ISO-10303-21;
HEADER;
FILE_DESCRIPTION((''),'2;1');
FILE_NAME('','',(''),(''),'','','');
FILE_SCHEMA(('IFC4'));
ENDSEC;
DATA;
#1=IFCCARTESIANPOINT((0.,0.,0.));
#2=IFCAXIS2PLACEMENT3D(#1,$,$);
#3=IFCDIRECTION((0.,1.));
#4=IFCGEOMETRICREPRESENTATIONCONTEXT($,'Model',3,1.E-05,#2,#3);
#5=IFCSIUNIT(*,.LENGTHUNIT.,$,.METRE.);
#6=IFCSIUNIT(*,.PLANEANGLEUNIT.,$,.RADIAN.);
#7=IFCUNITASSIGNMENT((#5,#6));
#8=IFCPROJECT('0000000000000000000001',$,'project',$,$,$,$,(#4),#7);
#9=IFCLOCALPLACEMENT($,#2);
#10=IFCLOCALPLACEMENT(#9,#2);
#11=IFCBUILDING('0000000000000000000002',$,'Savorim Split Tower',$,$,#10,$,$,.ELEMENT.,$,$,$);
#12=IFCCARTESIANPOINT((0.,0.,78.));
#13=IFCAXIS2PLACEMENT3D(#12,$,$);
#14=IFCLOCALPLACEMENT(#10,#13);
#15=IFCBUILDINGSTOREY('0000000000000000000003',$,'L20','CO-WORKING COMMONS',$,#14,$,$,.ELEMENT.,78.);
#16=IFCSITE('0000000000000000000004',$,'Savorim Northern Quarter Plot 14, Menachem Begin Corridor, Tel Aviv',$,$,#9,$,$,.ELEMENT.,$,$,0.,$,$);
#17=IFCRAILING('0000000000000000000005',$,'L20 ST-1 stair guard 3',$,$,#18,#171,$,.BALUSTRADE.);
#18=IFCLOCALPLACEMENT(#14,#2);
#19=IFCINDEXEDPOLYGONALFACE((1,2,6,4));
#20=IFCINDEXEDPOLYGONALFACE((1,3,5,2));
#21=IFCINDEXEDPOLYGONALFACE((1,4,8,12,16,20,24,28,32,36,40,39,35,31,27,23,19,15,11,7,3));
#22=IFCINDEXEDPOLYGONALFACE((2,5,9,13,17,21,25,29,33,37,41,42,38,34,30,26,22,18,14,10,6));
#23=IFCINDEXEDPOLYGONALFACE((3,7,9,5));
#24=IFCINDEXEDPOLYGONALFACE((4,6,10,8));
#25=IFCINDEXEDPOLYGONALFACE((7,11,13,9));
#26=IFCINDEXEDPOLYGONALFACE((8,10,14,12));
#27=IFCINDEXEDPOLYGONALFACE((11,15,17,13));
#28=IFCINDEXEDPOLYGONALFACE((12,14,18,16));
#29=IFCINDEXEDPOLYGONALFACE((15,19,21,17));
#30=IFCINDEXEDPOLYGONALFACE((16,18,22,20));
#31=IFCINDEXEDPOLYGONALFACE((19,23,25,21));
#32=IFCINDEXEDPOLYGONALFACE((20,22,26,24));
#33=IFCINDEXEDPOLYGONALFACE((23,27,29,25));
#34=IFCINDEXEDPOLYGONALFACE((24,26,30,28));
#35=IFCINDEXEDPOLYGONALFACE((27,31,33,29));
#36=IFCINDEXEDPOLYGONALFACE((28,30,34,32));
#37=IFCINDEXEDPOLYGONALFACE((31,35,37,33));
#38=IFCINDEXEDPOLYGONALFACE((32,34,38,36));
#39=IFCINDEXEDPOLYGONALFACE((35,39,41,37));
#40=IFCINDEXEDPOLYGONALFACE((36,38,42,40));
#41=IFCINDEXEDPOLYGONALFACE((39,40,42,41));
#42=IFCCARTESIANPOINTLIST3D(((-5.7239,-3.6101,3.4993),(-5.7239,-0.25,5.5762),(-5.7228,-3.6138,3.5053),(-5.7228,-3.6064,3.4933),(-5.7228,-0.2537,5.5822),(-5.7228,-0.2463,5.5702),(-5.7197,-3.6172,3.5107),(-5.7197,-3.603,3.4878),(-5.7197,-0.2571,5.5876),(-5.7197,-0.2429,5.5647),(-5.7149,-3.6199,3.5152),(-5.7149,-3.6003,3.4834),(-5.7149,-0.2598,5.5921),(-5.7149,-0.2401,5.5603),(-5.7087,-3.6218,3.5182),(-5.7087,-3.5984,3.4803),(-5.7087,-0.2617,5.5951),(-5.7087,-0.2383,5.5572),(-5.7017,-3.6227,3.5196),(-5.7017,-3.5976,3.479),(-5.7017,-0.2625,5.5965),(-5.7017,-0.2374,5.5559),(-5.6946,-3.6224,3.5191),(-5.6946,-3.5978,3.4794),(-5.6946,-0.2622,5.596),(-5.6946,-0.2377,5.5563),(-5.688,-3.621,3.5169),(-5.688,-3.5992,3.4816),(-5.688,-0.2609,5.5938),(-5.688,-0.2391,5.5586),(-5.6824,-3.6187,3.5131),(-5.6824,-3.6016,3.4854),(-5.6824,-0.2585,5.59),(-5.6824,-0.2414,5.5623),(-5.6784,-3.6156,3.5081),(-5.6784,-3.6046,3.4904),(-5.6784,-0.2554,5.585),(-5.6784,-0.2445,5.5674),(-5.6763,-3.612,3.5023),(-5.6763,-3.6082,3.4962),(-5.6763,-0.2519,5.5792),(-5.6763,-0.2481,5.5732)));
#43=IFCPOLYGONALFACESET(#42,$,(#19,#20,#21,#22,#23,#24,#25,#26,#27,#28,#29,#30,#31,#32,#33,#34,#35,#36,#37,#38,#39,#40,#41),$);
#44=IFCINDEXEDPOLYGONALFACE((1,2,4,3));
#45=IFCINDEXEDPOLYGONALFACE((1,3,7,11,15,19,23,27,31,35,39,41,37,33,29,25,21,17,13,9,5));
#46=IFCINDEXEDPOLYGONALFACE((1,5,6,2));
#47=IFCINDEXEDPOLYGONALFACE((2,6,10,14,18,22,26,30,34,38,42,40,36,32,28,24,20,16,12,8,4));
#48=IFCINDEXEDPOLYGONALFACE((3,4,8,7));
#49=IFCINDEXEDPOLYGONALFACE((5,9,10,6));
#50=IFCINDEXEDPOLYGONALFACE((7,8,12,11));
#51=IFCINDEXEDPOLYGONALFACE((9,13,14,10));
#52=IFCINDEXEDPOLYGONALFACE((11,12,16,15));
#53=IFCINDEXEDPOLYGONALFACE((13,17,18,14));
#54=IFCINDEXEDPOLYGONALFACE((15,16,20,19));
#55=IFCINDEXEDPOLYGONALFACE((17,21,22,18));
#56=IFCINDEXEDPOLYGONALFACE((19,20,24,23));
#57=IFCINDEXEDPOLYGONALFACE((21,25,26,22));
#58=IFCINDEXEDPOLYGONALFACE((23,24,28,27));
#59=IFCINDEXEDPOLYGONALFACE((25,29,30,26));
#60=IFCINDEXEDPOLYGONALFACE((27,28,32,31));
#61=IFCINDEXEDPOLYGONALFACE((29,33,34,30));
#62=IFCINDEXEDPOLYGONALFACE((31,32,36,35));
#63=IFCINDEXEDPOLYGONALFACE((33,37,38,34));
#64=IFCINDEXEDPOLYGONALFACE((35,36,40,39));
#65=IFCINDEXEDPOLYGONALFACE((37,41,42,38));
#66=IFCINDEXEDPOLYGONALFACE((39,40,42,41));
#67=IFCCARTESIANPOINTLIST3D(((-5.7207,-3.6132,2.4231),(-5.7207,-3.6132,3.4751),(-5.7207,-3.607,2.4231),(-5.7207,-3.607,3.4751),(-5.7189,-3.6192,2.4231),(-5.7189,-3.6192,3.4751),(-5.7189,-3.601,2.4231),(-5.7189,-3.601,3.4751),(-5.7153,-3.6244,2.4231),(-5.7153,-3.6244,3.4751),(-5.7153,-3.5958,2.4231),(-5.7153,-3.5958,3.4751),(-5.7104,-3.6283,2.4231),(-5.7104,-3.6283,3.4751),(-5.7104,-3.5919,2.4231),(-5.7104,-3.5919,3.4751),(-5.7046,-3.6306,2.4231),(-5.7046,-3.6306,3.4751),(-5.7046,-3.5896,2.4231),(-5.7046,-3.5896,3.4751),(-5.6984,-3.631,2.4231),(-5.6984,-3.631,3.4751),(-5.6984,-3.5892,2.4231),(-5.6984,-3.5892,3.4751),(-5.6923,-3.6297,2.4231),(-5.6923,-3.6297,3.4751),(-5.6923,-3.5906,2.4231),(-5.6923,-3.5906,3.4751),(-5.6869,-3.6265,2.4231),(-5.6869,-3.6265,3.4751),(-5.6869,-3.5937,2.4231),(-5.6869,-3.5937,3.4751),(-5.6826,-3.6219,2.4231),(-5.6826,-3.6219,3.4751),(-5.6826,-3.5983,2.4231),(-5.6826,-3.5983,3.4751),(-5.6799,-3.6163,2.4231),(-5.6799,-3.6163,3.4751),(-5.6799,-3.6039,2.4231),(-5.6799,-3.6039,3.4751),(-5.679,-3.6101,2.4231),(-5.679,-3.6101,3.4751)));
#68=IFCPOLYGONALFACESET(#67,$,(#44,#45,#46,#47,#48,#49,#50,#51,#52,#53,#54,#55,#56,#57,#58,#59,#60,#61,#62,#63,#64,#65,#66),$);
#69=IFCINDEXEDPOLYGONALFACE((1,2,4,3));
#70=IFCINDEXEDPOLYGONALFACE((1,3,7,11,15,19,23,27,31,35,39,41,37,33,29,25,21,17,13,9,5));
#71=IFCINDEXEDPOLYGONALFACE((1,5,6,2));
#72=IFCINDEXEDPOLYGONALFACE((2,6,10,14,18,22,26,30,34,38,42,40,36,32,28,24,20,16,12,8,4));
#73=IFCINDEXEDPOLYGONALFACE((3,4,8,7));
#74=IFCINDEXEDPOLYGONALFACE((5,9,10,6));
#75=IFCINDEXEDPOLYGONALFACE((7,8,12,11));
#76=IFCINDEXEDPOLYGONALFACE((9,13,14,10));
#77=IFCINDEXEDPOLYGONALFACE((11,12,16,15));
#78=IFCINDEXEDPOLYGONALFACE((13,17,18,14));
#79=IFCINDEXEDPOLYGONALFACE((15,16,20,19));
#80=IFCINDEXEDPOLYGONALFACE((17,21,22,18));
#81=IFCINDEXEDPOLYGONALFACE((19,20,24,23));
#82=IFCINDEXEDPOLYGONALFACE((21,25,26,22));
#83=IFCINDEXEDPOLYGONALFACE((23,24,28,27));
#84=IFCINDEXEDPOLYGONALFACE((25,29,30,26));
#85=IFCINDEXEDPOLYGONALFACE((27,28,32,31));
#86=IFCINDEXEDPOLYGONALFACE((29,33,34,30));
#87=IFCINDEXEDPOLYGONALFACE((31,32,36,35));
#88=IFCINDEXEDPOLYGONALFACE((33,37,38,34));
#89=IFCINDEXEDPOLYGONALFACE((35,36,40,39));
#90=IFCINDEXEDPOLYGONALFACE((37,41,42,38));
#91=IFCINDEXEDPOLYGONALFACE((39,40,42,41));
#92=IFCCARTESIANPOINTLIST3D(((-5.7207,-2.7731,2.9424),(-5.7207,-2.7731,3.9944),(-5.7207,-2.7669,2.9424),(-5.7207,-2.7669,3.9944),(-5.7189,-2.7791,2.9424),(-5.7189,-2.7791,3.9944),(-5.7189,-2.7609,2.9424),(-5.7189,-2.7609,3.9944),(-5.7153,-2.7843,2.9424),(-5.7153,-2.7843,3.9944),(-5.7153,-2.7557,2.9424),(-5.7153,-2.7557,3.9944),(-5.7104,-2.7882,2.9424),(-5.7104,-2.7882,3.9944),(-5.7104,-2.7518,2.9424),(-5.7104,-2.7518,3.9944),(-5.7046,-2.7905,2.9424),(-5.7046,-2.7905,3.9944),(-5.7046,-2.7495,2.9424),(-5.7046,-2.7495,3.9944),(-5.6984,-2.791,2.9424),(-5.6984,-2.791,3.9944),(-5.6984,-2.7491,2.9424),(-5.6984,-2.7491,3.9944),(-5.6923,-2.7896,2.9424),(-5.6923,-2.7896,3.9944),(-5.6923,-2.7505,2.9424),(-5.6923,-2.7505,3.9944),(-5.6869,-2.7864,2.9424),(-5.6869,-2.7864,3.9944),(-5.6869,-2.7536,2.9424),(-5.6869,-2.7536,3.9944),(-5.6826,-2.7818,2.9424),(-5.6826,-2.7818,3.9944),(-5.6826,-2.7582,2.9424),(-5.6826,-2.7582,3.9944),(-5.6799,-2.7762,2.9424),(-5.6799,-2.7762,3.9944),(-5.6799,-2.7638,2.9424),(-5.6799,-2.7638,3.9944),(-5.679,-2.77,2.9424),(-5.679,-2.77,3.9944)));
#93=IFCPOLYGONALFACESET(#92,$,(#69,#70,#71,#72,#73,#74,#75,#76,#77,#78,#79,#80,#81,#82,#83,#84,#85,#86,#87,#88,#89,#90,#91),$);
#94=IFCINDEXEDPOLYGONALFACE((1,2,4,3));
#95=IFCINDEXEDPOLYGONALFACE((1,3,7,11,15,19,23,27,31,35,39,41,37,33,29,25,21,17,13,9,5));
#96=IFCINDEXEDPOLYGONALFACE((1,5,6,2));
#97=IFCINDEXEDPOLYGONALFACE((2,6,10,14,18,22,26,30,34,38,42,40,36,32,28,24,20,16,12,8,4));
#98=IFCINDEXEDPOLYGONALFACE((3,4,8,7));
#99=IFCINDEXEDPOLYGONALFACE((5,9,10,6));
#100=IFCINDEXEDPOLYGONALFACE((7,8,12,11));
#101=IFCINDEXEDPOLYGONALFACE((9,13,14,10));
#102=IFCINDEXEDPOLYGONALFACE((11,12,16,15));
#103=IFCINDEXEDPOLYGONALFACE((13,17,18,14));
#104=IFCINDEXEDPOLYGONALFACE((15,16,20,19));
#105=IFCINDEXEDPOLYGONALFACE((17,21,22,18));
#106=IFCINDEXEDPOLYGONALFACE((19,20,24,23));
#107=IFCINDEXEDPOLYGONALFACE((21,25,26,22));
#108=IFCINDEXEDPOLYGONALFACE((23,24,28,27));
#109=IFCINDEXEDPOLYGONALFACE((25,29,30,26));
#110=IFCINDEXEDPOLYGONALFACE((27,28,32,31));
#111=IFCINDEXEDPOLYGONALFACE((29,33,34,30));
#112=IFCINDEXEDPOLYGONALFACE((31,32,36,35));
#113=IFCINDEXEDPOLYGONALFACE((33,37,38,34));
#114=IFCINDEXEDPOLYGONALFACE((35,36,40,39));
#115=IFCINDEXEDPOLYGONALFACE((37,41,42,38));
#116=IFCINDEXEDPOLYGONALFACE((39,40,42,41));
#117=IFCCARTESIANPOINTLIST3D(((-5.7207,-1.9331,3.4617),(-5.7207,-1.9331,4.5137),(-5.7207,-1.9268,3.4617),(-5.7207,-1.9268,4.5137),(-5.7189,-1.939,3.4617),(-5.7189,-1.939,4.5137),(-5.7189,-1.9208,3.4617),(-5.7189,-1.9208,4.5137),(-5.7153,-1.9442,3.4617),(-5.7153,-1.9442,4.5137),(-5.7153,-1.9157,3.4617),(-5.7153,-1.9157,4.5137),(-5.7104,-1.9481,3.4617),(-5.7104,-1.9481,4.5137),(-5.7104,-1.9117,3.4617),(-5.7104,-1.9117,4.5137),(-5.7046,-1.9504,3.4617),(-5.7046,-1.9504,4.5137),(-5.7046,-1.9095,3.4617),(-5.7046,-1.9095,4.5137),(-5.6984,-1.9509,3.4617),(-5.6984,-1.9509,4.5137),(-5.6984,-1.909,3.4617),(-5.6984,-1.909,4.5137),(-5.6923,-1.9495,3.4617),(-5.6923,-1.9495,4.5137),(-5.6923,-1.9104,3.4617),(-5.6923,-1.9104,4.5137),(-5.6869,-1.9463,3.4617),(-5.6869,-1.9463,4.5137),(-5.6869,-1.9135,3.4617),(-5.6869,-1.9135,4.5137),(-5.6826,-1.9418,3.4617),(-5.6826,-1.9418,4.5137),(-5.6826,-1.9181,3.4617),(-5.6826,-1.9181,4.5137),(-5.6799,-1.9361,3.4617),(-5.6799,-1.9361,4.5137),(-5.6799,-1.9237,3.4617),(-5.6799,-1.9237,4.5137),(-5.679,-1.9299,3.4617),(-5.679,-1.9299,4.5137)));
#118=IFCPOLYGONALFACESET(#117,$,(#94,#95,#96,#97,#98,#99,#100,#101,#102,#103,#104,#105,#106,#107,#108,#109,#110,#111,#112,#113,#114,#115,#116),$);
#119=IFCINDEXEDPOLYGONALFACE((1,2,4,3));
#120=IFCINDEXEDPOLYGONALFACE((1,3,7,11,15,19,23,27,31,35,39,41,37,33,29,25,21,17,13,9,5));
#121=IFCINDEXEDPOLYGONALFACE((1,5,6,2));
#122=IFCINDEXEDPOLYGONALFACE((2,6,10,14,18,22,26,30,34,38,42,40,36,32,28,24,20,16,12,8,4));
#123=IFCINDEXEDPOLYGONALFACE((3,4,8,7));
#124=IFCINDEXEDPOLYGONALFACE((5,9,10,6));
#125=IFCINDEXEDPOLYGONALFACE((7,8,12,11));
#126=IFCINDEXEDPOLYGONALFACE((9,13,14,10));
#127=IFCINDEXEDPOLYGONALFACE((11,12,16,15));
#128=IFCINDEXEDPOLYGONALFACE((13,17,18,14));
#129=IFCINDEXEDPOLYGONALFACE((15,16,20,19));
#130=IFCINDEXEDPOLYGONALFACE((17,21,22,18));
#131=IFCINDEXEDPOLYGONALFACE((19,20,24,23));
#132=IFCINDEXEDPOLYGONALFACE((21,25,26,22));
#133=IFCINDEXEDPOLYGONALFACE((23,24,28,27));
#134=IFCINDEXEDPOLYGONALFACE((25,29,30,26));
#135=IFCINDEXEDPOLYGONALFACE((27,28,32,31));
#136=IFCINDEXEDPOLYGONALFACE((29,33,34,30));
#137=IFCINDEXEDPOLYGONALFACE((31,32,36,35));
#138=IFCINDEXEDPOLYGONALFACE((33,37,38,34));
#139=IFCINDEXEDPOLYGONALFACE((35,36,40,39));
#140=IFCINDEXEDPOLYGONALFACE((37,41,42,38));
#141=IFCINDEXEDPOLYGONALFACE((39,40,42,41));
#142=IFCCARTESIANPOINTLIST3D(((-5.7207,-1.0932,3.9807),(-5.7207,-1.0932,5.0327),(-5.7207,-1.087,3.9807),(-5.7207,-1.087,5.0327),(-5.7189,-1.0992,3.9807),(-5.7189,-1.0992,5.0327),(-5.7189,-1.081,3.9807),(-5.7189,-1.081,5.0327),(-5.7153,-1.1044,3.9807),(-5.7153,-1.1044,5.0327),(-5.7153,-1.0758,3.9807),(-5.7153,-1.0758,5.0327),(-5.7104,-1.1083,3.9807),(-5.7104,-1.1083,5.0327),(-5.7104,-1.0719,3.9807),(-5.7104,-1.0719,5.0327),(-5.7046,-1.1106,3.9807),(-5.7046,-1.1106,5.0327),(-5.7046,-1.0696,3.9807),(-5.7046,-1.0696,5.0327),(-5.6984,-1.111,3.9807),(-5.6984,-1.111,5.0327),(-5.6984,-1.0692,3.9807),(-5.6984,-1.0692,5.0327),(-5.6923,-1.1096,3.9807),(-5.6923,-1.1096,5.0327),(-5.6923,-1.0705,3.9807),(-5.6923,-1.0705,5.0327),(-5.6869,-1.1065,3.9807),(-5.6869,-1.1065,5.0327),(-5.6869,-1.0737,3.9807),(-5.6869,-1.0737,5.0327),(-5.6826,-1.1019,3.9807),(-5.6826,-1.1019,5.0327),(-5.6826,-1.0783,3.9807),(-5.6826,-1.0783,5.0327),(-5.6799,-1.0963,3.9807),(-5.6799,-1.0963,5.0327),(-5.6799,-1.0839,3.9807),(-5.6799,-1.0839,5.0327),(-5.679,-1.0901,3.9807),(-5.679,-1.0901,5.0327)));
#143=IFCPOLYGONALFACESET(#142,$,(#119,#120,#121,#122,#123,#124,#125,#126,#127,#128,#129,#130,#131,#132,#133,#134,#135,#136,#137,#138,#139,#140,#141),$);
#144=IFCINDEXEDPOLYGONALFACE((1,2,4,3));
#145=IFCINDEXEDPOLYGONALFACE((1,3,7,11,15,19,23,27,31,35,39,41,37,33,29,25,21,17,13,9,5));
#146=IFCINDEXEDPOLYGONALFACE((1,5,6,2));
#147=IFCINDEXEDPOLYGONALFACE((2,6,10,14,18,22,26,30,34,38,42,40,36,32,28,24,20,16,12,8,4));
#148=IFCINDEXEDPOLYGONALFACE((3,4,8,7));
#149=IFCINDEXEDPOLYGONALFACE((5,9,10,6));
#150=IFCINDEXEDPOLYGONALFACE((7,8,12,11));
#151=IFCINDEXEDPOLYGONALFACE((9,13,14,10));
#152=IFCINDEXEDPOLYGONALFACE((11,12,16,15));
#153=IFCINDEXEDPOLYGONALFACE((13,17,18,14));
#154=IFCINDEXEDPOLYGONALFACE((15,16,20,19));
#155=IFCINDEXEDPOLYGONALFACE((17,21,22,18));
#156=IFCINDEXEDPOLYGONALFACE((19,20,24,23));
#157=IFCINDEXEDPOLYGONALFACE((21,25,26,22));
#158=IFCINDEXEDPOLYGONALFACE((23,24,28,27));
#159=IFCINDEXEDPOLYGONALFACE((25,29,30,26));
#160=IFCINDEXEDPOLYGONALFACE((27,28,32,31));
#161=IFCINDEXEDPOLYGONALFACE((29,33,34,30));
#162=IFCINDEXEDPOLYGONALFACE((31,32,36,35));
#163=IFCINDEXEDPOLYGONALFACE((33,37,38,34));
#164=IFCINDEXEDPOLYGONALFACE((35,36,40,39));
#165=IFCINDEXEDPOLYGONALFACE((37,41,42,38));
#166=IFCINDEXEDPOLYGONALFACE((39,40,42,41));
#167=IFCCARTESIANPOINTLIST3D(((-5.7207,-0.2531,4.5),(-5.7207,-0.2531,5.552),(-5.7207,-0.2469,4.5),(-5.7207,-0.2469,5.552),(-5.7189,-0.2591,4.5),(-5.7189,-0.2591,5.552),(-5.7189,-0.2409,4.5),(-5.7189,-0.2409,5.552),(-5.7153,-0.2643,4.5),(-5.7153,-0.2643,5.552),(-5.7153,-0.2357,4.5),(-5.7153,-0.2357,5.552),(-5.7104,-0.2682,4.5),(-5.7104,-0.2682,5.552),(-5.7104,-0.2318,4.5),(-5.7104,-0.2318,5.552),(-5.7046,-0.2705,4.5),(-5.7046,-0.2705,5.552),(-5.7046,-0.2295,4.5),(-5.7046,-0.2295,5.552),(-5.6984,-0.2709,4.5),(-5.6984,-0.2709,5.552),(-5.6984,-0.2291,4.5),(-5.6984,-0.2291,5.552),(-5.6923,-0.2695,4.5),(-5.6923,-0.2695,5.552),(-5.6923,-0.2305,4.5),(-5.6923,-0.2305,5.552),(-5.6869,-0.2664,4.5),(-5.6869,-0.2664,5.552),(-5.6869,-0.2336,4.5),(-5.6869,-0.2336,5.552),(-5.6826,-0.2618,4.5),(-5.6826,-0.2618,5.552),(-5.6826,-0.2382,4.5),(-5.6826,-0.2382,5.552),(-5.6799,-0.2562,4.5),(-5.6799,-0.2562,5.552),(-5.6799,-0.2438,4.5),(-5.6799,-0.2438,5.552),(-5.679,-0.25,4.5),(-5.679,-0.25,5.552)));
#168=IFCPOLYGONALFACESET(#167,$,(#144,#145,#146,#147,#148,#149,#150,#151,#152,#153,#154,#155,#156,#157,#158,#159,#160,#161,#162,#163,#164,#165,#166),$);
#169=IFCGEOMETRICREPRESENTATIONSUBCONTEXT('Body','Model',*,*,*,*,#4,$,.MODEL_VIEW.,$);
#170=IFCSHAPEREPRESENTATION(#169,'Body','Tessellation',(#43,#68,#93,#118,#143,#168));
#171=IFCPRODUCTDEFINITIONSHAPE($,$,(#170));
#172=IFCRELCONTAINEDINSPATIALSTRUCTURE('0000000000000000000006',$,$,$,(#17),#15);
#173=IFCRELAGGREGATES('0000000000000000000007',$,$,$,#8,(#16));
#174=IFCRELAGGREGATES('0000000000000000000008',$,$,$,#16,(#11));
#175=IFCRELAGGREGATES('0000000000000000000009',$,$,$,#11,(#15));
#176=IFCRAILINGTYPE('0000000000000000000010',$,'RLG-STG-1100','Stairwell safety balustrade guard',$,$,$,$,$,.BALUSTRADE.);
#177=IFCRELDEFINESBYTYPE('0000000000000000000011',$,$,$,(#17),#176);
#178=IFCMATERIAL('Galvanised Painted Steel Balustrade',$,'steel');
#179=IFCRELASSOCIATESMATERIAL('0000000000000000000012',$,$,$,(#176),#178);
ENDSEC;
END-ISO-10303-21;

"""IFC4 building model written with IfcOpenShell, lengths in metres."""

from ifc_helpers import new_model, si_unit, direction, frame, origin, origin_2d, place, context, subcontext, project, spatial, circle, extrude, material, type_object, element, save


model = new_model("IFC4")

# Units and contexts
model_context = context("Model", 3, precision=1e-05, world=origin(), true_north=direction((0.0, 1.0)))
body_context = subcontext(model_context, "Body", "Model", "MODEL_VIEW")
ifc_project = project(units=[si_unit("LENGTHUNIT", "METRE"), si_unit("PLANEANGLEUNIT", "RADIAN")], contexts=[model_context])

# Site, building, storey
site_placement = place(None, origin())
site = spatial("IfcSite", under=ifc_project, at=site_placement, Name="Savorim Northern Quarter Plot 14, Menachem Begin Corridor, Tel Aviv", CompositionType="ELEMENT", RefElevation=0.0)
building_placement = place(site_placement, origin())
building = spatial("IfcBuilding", under=site, at=building_placement, Name="Savorim Split Tower", CompositionType="ELEMENT")
storey_placement = place(building_placement, frame((0.0, 0.0, 78.0)))
storey = spatial("IfcBuildingStorey", under=building, at=storey_placement, Name="L20", Description="CO-WORKING COMMONS", CompositionType="ELEMENT", Elevation=78.0)

# Railing
ifc_material_1 = material(Name="Galvanised Painted Steel Balustrade", Category="steel")
railing_type_1 = type_object("IfcRailingType", Name="RLG-STG-1100", Description="Stairwell safety balustrade guard", PredefinedType="BALUSTRADE", material=ifc_material_1)
railing_1_placement = place(storey_placement, frame((-5.7, -3.6101, 2.4231)))
element("IfcRailing", 1, at=railing_1_placement, inside=storey, type_object=railing_type_1, Name="L20 ST-1 stair guard 3", PredefinedType="BALUSTRADE", context=body_context, shape_type="SweptSolid", body=[
    extrude(circle(Radius=0.0239, at=origin_2d()), frame((0.0, 0.0, 1.0762), z_axis=(0.0, 0.850623, 0.525776), x_axis=(-1.0, 0.0, 0.0)), (0.0, 0.0, 1.0), 3.9502),
    extrude(circle(Radius=0.021, at=origin_2d()), origin(), (0.0, 0.0, 1.0), 1.052),
    extrude(circle(Radius=0.021, at=origin_2d()), frame((0.0, 0.8401, 0.5193)), (0.0, 0.0, 1.0), 1.052),
    extrude(circle(Radius=0.021, at=origin_2d()), frame((0.0, 1.6802, 1.0386)), (0.0, 0.0, 1.0), 1.052),
    extrude(circle(Radius=0.021, at=origin_2d()), frame((0.0, 2.52, 1.5576)), (0.0, 0.0, 1.0), 1.052),
    extrude(circle(Radius=0.021, at=origin_2d()), frame((0.0, 3.3601, 2.0769)), (0.0, 0.0, 1.0), 1.052),
])

save(model, "model.ifc")
